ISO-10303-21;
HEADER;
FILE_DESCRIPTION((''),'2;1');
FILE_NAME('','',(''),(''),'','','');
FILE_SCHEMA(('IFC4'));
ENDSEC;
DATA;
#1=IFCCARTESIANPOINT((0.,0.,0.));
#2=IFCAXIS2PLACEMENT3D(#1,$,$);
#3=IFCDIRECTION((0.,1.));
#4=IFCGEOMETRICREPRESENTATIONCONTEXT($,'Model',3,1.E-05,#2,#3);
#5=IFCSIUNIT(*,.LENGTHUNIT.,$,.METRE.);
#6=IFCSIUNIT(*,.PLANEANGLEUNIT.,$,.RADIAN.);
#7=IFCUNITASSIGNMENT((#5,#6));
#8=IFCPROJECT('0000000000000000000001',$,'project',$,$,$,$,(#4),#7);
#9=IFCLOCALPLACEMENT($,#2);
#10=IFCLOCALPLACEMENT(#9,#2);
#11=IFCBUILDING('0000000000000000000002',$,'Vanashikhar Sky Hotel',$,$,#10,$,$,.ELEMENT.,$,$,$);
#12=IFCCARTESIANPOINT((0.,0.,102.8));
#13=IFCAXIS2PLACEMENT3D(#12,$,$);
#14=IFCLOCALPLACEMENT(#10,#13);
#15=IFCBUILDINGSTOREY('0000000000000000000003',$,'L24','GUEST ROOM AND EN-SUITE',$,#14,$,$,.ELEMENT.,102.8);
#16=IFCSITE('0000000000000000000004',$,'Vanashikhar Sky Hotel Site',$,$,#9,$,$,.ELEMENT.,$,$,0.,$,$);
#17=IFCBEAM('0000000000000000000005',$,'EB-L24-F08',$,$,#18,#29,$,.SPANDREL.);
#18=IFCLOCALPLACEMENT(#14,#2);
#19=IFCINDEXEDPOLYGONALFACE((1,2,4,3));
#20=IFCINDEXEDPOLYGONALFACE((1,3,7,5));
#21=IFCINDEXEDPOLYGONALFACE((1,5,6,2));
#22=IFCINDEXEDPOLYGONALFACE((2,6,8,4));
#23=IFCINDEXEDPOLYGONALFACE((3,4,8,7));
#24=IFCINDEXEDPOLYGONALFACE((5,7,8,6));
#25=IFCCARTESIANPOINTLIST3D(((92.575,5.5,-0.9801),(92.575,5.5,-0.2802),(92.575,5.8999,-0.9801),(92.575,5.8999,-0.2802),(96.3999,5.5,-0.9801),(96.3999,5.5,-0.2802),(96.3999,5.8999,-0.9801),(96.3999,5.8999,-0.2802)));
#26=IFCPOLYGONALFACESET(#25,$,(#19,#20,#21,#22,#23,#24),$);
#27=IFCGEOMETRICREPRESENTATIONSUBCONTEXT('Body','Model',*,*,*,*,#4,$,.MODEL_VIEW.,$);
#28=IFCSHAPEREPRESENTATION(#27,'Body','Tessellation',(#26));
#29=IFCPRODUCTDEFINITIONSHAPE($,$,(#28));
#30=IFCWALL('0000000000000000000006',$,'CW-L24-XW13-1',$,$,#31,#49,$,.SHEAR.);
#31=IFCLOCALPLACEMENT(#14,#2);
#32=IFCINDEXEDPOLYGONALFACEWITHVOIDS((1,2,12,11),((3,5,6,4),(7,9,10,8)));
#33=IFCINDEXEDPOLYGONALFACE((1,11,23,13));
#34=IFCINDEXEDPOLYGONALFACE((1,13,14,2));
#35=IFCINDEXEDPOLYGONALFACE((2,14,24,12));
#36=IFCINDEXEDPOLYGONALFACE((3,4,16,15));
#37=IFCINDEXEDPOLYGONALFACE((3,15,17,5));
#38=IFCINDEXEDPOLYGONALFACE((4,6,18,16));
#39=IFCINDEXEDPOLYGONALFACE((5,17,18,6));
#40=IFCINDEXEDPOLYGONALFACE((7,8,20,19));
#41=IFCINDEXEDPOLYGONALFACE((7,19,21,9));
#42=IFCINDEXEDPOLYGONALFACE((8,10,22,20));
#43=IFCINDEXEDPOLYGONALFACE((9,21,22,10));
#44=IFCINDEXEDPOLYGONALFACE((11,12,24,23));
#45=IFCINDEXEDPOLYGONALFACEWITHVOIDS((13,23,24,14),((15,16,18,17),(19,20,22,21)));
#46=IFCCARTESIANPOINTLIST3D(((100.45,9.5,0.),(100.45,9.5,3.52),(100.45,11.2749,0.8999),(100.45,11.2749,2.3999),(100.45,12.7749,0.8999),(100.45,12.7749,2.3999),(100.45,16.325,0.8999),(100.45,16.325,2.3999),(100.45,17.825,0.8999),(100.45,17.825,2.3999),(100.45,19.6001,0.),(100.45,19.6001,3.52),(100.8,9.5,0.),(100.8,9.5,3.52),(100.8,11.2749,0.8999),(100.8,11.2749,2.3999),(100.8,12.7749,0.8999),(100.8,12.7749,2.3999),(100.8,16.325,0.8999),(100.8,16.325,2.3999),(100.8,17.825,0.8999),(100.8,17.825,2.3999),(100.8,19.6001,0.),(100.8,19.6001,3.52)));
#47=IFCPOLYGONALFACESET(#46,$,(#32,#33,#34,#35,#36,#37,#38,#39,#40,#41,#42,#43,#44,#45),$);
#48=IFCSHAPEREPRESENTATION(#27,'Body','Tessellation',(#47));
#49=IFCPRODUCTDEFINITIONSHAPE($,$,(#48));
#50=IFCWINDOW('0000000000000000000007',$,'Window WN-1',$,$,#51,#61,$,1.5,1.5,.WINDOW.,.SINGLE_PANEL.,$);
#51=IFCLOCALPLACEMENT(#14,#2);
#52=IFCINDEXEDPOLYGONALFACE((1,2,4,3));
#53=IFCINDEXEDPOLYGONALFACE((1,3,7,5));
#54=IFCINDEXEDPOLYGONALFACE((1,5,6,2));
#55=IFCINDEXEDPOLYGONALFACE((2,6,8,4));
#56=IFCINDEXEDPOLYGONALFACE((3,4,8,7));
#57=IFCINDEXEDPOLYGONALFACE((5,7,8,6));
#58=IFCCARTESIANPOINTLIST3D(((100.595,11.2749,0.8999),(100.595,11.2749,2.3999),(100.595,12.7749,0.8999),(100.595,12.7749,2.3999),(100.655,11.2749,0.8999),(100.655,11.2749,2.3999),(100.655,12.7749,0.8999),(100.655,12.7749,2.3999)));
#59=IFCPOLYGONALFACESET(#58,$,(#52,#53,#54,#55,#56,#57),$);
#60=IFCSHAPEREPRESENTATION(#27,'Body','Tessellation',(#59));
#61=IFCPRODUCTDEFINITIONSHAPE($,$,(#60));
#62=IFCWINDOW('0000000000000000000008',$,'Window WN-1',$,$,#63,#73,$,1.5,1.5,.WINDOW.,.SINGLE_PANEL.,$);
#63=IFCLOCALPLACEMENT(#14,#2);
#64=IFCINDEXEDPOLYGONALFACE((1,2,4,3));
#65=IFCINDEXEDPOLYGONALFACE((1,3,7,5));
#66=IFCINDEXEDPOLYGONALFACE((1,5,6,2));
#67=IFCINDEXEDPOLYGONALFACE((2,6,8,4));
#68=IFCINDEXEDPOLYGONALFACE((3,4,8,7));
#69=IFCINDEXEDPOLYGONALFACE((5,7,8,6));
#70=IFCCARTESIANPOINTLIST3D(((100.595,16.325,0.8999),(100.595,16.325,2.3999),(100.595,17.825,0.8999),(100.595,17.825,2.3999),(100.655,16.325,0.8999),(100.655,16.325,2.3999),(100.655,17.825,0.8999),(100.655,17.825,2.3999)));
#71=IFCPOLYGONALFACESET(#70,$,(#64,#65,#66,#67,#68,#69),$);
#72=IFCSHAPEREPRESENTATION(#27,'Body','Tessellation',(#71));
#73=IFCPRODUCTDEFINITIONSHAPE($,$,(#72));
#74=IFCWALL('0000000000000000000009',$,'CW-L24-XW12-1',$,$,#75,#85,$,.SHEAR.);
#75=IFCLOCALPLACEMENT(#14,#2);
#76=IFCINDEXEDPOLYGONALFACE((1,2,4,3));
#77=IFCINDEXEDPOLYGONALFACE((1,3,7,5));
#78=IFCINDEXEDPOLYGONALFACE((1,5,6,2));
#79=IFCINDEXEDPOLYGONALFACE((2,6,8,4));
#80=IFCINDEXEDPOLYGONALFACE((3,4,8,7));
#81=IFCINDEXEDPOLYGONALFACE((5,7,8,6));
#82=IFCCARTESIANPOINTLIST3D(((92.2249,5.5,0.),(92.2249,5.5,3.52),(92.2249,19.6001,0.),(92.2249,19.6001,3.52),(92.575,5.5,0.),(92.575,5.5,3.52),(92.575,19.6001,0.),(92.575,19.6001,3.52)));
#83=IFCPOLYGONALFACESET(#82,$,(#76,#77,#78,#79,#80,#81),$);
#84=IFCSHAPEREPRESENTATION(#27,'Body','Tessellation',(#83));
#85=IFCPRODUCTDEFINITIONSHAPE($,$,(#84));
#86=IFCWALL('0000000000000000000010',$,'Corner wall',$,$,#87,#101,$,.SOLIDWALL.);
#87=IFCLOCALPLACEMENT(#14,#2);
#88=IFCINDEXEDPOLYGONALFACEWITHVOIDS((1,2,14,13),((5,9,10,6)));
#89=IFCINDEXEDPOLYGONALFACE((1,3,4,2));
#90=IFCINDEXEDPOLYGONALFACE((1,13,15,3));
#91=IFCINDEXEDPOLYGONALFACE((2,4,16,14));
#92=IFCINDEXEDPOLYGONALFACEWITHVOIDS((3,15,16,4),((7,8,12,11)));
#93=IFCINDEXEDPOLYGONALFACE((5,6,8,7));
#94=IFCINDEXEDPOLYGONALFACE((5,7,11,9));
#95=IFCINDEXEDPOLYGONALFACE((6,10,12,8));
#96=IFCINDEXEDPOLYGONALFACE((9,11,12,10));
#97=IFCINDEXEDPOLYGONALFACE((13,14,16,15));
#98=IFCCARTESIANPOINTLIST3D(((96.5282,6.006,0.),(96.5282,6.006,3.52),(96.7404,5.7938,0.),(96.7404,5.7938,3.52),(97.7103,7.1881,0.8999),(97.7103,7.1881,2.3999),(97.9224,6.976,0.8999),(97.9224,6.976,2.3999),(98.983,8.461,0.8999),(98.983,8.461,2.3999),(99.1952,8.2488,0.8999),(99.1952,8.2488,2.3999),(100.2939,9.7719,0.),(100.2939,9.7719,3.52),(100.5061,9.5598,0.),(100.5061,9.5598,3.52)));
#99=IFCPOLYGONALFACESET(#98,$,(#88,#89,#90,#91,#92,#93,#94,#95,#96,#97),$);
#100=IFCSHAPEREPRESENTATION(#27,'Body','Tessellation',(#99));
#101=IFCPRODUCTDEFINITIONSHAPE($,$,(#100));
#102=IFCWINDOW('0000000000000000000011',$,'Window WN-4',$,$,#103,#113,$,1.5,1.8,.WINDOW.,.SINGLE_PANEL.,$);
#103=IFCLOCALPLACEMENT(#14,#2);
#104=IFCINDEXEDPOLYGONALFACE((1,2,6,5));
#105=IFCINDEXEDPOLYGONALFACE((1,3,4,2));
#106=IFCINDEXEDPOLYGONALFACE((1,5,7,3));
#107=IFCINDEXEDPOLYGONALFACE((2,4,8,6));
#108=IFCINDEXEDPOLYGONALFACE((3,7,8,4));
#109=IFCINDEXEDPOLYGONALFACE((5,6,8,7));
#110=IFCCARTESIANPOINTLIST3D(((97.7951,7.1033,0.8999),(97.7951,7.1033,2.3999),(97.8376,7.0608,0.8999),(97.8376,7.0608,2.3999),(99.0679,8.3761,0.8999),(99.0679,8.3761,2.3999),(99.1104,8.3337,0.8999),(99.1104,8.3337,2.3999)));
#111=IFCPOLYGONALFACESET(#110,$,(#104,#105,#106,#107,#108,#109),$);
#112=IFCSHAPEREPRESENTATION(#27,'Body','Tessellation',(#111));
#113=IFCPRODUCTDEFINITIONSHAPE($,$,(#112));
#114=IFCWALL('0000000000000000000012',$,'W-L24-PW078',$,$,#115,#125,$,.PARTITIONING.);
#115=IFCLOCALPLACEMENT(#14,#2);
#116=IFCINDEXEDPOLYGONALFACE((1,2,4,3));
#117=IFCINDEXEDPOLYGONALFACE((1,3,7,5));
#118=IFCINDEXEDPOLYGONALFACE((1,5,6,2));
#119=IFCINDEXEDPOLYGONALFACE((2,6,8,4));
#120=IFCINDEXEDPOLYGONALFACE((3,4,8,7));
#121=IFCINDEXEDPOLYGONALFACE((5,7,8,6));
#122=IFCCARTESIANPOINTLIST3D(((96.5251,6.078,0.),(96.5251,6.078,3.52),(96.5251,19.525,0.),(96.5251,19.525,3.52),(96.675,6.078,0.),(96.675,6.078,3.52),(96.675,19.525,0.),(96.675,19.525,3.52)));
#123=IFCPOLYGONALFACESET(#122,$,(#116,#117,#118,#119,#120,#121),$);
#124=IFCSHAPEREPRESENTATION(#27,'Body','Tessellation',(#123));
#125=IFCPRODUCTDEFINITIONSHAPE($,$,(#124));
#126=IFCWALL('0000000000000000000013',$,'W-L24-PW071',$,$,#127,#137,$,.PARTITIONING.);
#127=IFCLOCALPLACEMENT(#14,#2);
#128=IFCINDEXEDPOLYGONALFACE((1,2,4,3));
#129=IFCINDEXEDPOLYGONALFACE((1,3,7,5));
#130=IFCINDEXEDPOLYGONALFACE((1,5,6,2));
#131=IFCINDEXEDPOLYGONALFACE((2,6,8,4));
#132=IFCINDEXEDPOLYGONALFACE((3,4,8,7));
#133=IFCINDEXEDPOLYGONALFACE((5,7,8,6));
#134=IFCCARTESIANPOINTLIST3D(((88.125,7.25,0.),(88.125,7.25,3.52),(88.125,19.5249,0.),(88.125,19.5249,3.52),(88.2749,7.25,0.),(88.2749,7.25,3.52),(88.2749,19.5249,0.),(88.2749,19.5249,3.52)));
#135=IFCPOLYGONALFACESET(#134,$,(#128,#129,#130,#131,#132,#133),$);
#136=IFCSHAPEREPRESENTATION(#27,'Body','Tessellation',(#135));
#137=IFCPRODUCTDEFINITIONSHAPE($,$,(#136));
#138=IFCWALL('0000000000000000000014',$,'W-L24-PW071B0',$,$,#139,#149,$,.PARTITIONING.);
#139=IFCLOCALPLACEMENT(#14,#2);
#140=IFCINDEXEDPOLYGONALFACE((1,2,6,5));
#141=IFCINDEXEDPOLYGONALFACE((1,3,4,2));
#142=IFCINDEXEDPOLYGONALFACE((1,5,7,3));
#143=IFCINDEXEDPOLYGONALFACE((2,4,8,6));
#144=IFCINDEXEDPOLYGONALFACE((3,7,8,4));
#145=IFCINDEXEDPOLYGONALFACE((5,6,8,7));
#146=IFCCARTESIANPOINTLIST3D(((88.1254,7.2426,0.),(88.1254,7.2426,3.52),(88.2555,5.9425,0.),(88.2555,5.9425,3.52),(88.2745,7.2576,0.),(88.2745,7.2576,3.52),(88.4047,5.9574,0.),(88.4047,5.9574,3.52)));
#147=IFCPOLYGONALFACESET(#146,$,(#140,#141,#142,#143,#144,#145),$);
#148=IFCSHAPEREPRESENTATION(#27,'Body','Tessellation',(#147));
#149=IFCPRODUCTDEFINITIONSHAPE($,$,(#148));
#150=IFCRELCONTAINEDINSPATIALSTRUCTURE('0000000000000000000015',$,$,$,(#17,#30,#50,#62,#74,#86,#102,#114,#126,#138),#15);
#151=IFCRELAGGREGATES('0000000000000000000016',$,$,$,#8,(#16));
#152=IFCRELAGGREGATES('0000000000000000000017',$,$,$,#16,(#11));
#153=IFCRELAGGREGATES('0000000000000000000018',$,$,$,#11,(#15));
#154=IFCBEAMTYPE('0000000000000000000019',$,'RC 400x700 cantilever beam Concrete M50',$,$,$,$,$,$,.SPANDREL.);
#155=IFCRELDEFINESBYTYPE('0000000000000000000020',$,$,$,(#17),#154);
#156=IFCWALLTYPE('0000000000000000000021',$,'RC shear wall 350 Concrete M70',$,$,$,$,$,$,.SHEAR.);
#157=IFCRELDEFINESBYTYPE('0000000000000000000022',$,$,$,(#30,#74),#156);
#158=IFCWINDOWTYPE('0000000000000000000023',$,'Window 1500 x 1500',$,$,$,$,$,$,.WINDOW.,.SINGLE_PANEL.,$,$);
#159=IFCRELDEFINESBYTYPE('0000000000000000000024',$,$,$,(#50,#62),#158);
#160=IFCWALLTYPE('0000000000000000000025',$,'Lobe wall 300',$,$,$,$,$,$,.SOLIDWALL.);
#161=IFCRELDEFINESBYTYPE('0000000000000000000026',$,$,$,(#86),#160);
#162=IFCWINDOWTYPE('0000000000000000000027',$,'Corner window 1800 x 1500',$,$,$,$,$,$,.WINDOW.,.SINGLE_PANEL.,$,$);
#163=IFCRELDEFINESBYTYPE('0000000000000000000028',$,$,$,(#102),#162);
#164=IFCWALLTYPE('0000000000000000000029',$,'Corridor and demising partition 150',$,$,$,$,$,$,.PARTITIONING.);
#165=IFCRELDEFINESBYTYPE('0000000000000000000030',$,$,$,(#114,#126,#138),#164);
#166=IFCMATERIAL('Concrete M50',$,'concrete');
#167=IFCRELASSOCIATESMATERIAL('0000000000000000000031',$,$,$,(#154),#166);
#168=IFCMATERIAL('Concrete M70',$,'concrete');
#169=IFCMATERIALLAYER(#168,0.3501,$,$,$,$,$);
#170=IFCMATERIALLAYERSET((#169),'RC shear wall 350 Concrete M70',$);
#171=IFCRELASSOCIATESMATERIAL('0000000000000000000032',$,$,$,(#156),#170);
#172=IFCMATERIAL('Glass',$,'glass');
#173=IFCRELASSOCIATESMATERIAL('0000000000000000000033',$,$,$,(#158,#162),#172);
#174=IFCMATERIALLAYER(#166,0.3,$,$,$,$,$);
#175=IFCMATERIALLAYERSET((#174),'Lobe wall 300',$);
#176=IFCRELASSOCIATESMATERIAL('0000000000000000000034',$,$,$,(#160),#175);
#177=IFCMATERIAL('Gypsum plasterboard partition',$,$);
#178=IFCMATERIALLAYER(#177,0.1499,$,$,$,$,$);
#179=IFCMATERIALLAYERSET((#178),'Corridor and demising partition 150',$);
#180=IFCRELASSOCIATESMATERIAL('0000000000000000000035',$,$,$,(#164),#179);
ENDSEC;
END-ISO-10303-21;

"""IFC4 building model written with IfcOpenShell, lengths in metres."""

from ifc_helpers import new_model, si_unit, direction, frame, frame_2d, origin, origin_2d, place, context, subcontext, project, spatial, rectangle, extrude, source, transform, mapped, material, layer, layer_set, material_profile, profile_set, type_object, element, fill, save


model = new_model("IFC4")

# Units and contexts
model_context = context("Model", 3, precision=1e-05, world=origin(), true_north=direction((0.0, 1.0)))
body_context = subcontext(model_context, "Body", "Model", "MODEL_VIEW")
ifc_project = project(units=[si_unit("LENGTHUNIT", "METRE"), si_unit("PLANEANGLEUNIT", "RADIAN")], contexts=[model_context])

# Site, building, storey
site_placement = place(None, origin())
site = spatial("IfcSite", under=ifc_project, at=site_placement, Name="Vanashikhar Sky Hotel Site", CompositionType="ELEMENT", RefElevation=0.0)
building_placement = place(site_placement, origin())
building = spatial("IfcBuilding", under=site, at=building_placement, Name="Vanashikhar Sky Hotel", CompositionType="ELEMENT")
storey_placement = place(building_placement, frame((0.0, 0.0, 102.8)))
storey = spatial("IfcBuildingStorey", under=building, at=storey_placement, Name="L24", Description="GUEST ROOM AND EN-SUITE", CompositionType="ELEMENT", Elevation=102.8)

# Beam
ifc_material_1 = material(Name="Concrete M50", Category="concrete")
ifc_material_profile = material_profile(ifc_material_1, rectangle(XDim=0.3999, YDim=0.7, at=origin_2d()))
ifc_profile_set = profile_set([ifc_material_profile], Name="RC 400x700 cantilever beam Concrete M50")
beam_type = type_object("IfcBeamType", Name="RC 400x700 cantilever beam Concrete M50", PredefinedType="SPANDREL", material=ifc_profile_set)
shared_shape_1 = source(origin(), body_context, "Body", "SweptSolid", [
    extrude(rectangle(XDim=0.3999, YDim=0.7, at=origin_2d()), origin(), (0.0, 0.0, 1.0), 3.825),
])
beam_placement = place(storey_placement, frame((92.575, 5.7, -0.6301), z_axis=(1.0, 0.0, 0.0), x_axis=(0.0, 1.0, 0.0)))
element("IfcBeam", 1, at=beam_placement, inside=storey, type_object=beam_type, Name="EB-L24-F08", PredefinedType="SPANDREL", context=body_context, shape_type="MappedRepresentation", body=[
    mapped(shared_shape_1, transform((0.0, 0.0, 0.0), scale=1.0)),
])

# Wall, openings, windows
ifc_material_2 = material(Name="Concrete M70", Category="concrete")
ifc_layer_1 = layer(ifc_material_2, 0.3501)
ifc_layer_set_1 = layer_set([ifc_layer_1], Name="RC shear wall 350 Concrete M70")
wall_type_1 = type_object("IfcWallType", Name="RC shear wall 350 Concrete M70", PredefinedType="SHEAR", material=ifc_layer_set_1)
shared_shape_2 = source(origin(), body_context, "Body", "SweptSolid", [
    extrude(rectangle(XDim=10.1001, YDim=0.3501, at=frame_2d((5.05, 0.0))), origin(), (0.0, 0.0, 1.0), 3.52),
])
wall_1_placement = place(storey_placement, frame((100.625, 9.5, 0.0), z_axis=(0.0, 0.0, 1.0), x_axis=(0.0, 1.0, 0.0)))
wall_1 = element("IfcWall", 2, at=wall_1_placement, inside=storey, type_object=wall_type_1, Name="CW-L24-XW13-1", PredefinedType="SHEAR", context=body_context, shape_type="MappedRepresentation", body=[
    mapped(shared_shape_2, transform((0.0, 0.0, 0.0), scale=1.0)),
])
shared_shape_3 = source(origin(), body_context, "Body", "SweptSolid", [
    extrude(rectangle(XDim=1.5, YDim=1.5, at=frame_2d((0.75, 0.75))), frame((0.0, 0.1851, 0.0), z_axis=(0.0, -1.0, 0.0), x_axis=(1.0, 0.0, 0.0)), (0.0, 0.0, 1.0), 0.3701),
])
opening_1_placement = place(wall_1_placement, frame((1.7749, 0.0, 0.8999)))
opening_1 = element("IfcOpeningElement", 3, at=opening_1_placement, cuts=wall_1, PredefinedType="OPENING", context=body_context, shape_type="MappedRepresentation", body=[
    mapped(shared_shape_3, transform((0.0, 0.0, 0.0), scale=1.0)),
])
opening_2_placement = place(wall_1_placement, frame((6.825, 0.0, 0.8999)))
opening_2 = element("IfcOpeningElement", 4, at=opening_2_placement, cuts=wall_1, PredefinedType="OPENING", context=body_context, shape_type="MappedRepresentation", body=[
    mapped(shared_shape_3, transform((0.0, 0.0, 0.0), scale=1.0)),
])
ifc_material_3 = material(Name="Glass", Category="glass")
window_type_1 = type_object("IfcWindowType", Name="Window 1500 x 1500", PartitioningType="SINGLE_PANEL", PredefinedType="WINDOW", material=ifc_material_3)
shared_shape_4 = source(origin(), body_context, "Body", "SweptSolid", [
    extrude(rectangle(XDim=1.5, YDim=1.5, at=frame_2d((0.75, 0.75))), frame((0.0, 0.03, 0.0), z_axis=(0.0, -1.0, 0.0), x_axis=(1.0, 0.0, 0.0)), (0.0, 0.0, 1.0), 0.0601),
])
window_1_placement = place(opening_1_placement, origin())
window_1 = element("IfcWindow", 5, at=window_1_placement, inside=storey, type_object=window_type_1, Name="Window WN-1", OverallHeight=1.5, OverallWidth=1.5, PartitioningType="SINGLE_PANEL", PredefinedType="WINDOW", context=body_context, shape_type="MappedRepresentation", body=[
    mapped(shared_shape_4, transform((0.0, 0.0, 0.0), scale=1.0)),
])
fill(opening_1, window_1)
window_2_placement = place(opening_2_placement, origin())
window_2 = element("IfcWindow", 6, at=window_2_placement, inside=storey, type_object=window_type_1, Name="Window WN-1", OverallHeight=1.5, OverallWidth=1.5, PartitioningType="SINGLE_PANEL", PredefinedType="WINDOW", context=body_context, shape_type="MappedRepresentation", body=[
    mapped(shared_shape_4, transform((0.0, 0.0, 0.0), scale=1.0)),
])
fill(opening_2, window_2)

# Wall
shared_shape_5 = source(origin(), body_context, "Body", "SweptSolid", [
    extrude(rectangle(XDim=14.1001, YDim=0.3501, at=frame_2d((7.05, 0.0))), origin(), (0.0, 0.0, 1.0), 3.52),
])
wall_2_placement = place(storey_placement, frame((92.3999, 5.5, 0.0), z_axis=(0.0, 0.0, 1.0), x_axis=(0.0, 1.0, 0.0)))
element("IfcWall", 7, at=wall_2_placement, inside=storey, type_object=wall_type_1, Name="CW-L24-XW12-1", PredefinedType="SHEAR", context=body_context, shape_type="MappedRepresentation", body=[
    mapped(shared_shape_5, transform((0.0, 0.0, 0.0), scale=1.0)),
])

# Wall, opening, window
ifc_layer_2 = layer(ifc_material_1, 0.3)
ifc_layer_set_2 = layer_set([ifc_layer_2], Name="Lobe wall 300")
wall_type_2 = type_object("IfcWallType", Name="Lobe wall 300", PredefinedType="SOLIDWALL", material=ifc_layer_set_2)
shared_shape_6 = source(origin(), body_context, "Body", "SweptSolid", [
    extrude(rectangle(XDim=5.3257, YDim=0.3, at=frame_2d((2.6628, 0.0))), origin(), (0.0, 0.0, 1.0), 3.52),
])
wall_3_placement = place(storey_placement, frame((96.6343, 5.8999, 0.0), z_axis=(0.0, 0.0, 1.0), x_axis=(0.707084, 0.70713, 0.0)))
wall_3 = element("IfcWall", 8, at=wall_3_placement, inside=storey, type_object=wall_type_2, Name="Corner wall", PredefinedType="SOLIDWALL", context=body_context, shape_type="MappedRepresentation", body=[
    mapped(shared_shape_6, transform((0.0, 0.0, 0.0), scale=1.0)),
])
shared_shape_7 = source(origin(), body_context, "Body", "SweptSolid", [
    extrude(rectangle(XDim=1.8, YDim=1.5, at=frame_2d((0.8999, 0.75))), frame((0.0, 0.1602, 0.0), z_axis=(0.0, -1.0, 0.0), x_axis=(1.0, 0.0, 0.0)), (0.0, 0.0, 1.0), 0.3201),
])
opening_3_placement = place(wall_3_placement, frame((1.6719, 0.0, 0.8999)))
opening_3 = element("IfcOpeningElement", 9, at=opening_3_placement, cuts=wall_3, PredefinedType="OPENING", context=body_context, shape_type="MappedRepresentation", body=[
    mapped(shared_shape_7, transform((0.0, 0.0, 0.0), scale=1.0)),
])
window_type_2 = type_object("IfcWindowType", Name="Corner window 1800 x 1500", PartitioningType="SINGLE_PANEL", PredefinedType="WINDOW", material=ifc_material_3)
shared_shape_8 = source(origin(), body_context, "Body", "SweptSolid", [
    extrude(rectangle(XDim=1.8, YDim=1.5, at=frame_2d((0.8999, 0.75))), frame((0.0, 0.03, 0.0), z_axis=(0.0, -1.0, 0.0), x_axis=(1.0, 0.0, 0.0)), (0.0, 0.0, 1.0), 0.0601),
])
window_3_placement = place(opening_3_placement, origin())
window_3 = element("IfcWindow", 10, at=window_3_placement, inside=storey, type_object=window_type_2, Name="Window WN-4", OverallHeight=1.5, OverallWidth=1.8, PartitioningType="SINGLE_PANEL", PredefinedType="WINDOW", context=body_context, shape_type="MappedRepresentation", body=[
    mapped(shared_shape_8, transform((0.0, 0.0, 0.0), scale=1.0)),
])
fill(opening_3, window_3)

# Walls
ifc_material_4 = material(Name="Gypsum plasterboard partition")
ifc_layer_3 = layer(ifc_material_4, 0.1499)
ifc_layer_set_3 = layer_set([ifc_layer_3], Name="Corridor and demising partition 150")
wall_type_3 = type_object("IfcWallType", Name="Corridor and demising partition 150", PredefinedType="PARTITIONING", material=ifc_layer_set_3)
shared_shape_9 = source(origin(), body_context, "Body", "SweptSolid", [
    extrude(rectangle(XDim=13.447, YDim=0.1499, at=frame_2d((6.7236, 0.0))), origin(), (0.0, 0.0, 1.0), 3.52),
])
wall_4_placement = place(storey_placement, frame((96.6001, 6.0779, 0.0), z_axis=(0.0, 0.0, 1.0), x_axis=(0.0, 1.0, 0.0)))
element("IfcWall", 11, at=wall_4_placement, inside=storey, type_object=wall_type_3, Name="W-L24-PW078", PredefinedType="PARTITIONING", context=body_context, shape_type="MappedRepresentation", body=[
    mapped(shared_shape_9, transform((0.0, 0.0, 0.0), scale=1.0)),
])
shared_shape_10 = source(origin(), body_context, "Body", "SweptSolid", [
    extrude(rectangle(XDim=12.2749, YDim=0.1499, at=frame_2d((6.1375, 0.0))), origin(), (0.0, 0.0, 1.0), 3.52),
])
wall_5_placement = place(storey_placement, frame((88.2, 7.25, 0.0), z_axis=(0.0, 0.0, 1.0), x_axis=(0.0, 1.0, 0.0)))
element("IfcWall", 12, at=wall_5_placement, inside=storey, type_object=wall_type_3, Name="W-L24-PW071", PredefinedType="PARTITIONING", context=body_context, shape_type="MappedRepresentation", body=[
    mapped(shared_shape_10, transform((0.0, 0.0, 0.0), scale=1.0)),
])
shared_shape_11 = source(origin(), body_context, "Body", "SweptSolid", [
    extrude(rectangle(XDim=1.3066, YDim=0.1499, at=frame_2d((0.6533, 0.0))), origin(), (0.0, 0.0, 1.0), 3.52),
])
wall_6_placement = place(storey_placement, frame((88.3301, 5.95, 0.0), z_axis=(0.0, 0.0, 1.0), x_axis=(-0.099596, 0.995028, 0.0)))
element("IfcWall", 13, at=wall_6_placement, inside=storey, type_object=wall_type_3, Name="W-L24-PW071B0", PredefinedType="PARTITIONING", context=body_context, shape_type="MappedRepresentation", body=[
    mapped(shared_shape_11, transform((0.0, 0.0, 0.0), scale=1.0)),
])

save(model, "model.ifc")
